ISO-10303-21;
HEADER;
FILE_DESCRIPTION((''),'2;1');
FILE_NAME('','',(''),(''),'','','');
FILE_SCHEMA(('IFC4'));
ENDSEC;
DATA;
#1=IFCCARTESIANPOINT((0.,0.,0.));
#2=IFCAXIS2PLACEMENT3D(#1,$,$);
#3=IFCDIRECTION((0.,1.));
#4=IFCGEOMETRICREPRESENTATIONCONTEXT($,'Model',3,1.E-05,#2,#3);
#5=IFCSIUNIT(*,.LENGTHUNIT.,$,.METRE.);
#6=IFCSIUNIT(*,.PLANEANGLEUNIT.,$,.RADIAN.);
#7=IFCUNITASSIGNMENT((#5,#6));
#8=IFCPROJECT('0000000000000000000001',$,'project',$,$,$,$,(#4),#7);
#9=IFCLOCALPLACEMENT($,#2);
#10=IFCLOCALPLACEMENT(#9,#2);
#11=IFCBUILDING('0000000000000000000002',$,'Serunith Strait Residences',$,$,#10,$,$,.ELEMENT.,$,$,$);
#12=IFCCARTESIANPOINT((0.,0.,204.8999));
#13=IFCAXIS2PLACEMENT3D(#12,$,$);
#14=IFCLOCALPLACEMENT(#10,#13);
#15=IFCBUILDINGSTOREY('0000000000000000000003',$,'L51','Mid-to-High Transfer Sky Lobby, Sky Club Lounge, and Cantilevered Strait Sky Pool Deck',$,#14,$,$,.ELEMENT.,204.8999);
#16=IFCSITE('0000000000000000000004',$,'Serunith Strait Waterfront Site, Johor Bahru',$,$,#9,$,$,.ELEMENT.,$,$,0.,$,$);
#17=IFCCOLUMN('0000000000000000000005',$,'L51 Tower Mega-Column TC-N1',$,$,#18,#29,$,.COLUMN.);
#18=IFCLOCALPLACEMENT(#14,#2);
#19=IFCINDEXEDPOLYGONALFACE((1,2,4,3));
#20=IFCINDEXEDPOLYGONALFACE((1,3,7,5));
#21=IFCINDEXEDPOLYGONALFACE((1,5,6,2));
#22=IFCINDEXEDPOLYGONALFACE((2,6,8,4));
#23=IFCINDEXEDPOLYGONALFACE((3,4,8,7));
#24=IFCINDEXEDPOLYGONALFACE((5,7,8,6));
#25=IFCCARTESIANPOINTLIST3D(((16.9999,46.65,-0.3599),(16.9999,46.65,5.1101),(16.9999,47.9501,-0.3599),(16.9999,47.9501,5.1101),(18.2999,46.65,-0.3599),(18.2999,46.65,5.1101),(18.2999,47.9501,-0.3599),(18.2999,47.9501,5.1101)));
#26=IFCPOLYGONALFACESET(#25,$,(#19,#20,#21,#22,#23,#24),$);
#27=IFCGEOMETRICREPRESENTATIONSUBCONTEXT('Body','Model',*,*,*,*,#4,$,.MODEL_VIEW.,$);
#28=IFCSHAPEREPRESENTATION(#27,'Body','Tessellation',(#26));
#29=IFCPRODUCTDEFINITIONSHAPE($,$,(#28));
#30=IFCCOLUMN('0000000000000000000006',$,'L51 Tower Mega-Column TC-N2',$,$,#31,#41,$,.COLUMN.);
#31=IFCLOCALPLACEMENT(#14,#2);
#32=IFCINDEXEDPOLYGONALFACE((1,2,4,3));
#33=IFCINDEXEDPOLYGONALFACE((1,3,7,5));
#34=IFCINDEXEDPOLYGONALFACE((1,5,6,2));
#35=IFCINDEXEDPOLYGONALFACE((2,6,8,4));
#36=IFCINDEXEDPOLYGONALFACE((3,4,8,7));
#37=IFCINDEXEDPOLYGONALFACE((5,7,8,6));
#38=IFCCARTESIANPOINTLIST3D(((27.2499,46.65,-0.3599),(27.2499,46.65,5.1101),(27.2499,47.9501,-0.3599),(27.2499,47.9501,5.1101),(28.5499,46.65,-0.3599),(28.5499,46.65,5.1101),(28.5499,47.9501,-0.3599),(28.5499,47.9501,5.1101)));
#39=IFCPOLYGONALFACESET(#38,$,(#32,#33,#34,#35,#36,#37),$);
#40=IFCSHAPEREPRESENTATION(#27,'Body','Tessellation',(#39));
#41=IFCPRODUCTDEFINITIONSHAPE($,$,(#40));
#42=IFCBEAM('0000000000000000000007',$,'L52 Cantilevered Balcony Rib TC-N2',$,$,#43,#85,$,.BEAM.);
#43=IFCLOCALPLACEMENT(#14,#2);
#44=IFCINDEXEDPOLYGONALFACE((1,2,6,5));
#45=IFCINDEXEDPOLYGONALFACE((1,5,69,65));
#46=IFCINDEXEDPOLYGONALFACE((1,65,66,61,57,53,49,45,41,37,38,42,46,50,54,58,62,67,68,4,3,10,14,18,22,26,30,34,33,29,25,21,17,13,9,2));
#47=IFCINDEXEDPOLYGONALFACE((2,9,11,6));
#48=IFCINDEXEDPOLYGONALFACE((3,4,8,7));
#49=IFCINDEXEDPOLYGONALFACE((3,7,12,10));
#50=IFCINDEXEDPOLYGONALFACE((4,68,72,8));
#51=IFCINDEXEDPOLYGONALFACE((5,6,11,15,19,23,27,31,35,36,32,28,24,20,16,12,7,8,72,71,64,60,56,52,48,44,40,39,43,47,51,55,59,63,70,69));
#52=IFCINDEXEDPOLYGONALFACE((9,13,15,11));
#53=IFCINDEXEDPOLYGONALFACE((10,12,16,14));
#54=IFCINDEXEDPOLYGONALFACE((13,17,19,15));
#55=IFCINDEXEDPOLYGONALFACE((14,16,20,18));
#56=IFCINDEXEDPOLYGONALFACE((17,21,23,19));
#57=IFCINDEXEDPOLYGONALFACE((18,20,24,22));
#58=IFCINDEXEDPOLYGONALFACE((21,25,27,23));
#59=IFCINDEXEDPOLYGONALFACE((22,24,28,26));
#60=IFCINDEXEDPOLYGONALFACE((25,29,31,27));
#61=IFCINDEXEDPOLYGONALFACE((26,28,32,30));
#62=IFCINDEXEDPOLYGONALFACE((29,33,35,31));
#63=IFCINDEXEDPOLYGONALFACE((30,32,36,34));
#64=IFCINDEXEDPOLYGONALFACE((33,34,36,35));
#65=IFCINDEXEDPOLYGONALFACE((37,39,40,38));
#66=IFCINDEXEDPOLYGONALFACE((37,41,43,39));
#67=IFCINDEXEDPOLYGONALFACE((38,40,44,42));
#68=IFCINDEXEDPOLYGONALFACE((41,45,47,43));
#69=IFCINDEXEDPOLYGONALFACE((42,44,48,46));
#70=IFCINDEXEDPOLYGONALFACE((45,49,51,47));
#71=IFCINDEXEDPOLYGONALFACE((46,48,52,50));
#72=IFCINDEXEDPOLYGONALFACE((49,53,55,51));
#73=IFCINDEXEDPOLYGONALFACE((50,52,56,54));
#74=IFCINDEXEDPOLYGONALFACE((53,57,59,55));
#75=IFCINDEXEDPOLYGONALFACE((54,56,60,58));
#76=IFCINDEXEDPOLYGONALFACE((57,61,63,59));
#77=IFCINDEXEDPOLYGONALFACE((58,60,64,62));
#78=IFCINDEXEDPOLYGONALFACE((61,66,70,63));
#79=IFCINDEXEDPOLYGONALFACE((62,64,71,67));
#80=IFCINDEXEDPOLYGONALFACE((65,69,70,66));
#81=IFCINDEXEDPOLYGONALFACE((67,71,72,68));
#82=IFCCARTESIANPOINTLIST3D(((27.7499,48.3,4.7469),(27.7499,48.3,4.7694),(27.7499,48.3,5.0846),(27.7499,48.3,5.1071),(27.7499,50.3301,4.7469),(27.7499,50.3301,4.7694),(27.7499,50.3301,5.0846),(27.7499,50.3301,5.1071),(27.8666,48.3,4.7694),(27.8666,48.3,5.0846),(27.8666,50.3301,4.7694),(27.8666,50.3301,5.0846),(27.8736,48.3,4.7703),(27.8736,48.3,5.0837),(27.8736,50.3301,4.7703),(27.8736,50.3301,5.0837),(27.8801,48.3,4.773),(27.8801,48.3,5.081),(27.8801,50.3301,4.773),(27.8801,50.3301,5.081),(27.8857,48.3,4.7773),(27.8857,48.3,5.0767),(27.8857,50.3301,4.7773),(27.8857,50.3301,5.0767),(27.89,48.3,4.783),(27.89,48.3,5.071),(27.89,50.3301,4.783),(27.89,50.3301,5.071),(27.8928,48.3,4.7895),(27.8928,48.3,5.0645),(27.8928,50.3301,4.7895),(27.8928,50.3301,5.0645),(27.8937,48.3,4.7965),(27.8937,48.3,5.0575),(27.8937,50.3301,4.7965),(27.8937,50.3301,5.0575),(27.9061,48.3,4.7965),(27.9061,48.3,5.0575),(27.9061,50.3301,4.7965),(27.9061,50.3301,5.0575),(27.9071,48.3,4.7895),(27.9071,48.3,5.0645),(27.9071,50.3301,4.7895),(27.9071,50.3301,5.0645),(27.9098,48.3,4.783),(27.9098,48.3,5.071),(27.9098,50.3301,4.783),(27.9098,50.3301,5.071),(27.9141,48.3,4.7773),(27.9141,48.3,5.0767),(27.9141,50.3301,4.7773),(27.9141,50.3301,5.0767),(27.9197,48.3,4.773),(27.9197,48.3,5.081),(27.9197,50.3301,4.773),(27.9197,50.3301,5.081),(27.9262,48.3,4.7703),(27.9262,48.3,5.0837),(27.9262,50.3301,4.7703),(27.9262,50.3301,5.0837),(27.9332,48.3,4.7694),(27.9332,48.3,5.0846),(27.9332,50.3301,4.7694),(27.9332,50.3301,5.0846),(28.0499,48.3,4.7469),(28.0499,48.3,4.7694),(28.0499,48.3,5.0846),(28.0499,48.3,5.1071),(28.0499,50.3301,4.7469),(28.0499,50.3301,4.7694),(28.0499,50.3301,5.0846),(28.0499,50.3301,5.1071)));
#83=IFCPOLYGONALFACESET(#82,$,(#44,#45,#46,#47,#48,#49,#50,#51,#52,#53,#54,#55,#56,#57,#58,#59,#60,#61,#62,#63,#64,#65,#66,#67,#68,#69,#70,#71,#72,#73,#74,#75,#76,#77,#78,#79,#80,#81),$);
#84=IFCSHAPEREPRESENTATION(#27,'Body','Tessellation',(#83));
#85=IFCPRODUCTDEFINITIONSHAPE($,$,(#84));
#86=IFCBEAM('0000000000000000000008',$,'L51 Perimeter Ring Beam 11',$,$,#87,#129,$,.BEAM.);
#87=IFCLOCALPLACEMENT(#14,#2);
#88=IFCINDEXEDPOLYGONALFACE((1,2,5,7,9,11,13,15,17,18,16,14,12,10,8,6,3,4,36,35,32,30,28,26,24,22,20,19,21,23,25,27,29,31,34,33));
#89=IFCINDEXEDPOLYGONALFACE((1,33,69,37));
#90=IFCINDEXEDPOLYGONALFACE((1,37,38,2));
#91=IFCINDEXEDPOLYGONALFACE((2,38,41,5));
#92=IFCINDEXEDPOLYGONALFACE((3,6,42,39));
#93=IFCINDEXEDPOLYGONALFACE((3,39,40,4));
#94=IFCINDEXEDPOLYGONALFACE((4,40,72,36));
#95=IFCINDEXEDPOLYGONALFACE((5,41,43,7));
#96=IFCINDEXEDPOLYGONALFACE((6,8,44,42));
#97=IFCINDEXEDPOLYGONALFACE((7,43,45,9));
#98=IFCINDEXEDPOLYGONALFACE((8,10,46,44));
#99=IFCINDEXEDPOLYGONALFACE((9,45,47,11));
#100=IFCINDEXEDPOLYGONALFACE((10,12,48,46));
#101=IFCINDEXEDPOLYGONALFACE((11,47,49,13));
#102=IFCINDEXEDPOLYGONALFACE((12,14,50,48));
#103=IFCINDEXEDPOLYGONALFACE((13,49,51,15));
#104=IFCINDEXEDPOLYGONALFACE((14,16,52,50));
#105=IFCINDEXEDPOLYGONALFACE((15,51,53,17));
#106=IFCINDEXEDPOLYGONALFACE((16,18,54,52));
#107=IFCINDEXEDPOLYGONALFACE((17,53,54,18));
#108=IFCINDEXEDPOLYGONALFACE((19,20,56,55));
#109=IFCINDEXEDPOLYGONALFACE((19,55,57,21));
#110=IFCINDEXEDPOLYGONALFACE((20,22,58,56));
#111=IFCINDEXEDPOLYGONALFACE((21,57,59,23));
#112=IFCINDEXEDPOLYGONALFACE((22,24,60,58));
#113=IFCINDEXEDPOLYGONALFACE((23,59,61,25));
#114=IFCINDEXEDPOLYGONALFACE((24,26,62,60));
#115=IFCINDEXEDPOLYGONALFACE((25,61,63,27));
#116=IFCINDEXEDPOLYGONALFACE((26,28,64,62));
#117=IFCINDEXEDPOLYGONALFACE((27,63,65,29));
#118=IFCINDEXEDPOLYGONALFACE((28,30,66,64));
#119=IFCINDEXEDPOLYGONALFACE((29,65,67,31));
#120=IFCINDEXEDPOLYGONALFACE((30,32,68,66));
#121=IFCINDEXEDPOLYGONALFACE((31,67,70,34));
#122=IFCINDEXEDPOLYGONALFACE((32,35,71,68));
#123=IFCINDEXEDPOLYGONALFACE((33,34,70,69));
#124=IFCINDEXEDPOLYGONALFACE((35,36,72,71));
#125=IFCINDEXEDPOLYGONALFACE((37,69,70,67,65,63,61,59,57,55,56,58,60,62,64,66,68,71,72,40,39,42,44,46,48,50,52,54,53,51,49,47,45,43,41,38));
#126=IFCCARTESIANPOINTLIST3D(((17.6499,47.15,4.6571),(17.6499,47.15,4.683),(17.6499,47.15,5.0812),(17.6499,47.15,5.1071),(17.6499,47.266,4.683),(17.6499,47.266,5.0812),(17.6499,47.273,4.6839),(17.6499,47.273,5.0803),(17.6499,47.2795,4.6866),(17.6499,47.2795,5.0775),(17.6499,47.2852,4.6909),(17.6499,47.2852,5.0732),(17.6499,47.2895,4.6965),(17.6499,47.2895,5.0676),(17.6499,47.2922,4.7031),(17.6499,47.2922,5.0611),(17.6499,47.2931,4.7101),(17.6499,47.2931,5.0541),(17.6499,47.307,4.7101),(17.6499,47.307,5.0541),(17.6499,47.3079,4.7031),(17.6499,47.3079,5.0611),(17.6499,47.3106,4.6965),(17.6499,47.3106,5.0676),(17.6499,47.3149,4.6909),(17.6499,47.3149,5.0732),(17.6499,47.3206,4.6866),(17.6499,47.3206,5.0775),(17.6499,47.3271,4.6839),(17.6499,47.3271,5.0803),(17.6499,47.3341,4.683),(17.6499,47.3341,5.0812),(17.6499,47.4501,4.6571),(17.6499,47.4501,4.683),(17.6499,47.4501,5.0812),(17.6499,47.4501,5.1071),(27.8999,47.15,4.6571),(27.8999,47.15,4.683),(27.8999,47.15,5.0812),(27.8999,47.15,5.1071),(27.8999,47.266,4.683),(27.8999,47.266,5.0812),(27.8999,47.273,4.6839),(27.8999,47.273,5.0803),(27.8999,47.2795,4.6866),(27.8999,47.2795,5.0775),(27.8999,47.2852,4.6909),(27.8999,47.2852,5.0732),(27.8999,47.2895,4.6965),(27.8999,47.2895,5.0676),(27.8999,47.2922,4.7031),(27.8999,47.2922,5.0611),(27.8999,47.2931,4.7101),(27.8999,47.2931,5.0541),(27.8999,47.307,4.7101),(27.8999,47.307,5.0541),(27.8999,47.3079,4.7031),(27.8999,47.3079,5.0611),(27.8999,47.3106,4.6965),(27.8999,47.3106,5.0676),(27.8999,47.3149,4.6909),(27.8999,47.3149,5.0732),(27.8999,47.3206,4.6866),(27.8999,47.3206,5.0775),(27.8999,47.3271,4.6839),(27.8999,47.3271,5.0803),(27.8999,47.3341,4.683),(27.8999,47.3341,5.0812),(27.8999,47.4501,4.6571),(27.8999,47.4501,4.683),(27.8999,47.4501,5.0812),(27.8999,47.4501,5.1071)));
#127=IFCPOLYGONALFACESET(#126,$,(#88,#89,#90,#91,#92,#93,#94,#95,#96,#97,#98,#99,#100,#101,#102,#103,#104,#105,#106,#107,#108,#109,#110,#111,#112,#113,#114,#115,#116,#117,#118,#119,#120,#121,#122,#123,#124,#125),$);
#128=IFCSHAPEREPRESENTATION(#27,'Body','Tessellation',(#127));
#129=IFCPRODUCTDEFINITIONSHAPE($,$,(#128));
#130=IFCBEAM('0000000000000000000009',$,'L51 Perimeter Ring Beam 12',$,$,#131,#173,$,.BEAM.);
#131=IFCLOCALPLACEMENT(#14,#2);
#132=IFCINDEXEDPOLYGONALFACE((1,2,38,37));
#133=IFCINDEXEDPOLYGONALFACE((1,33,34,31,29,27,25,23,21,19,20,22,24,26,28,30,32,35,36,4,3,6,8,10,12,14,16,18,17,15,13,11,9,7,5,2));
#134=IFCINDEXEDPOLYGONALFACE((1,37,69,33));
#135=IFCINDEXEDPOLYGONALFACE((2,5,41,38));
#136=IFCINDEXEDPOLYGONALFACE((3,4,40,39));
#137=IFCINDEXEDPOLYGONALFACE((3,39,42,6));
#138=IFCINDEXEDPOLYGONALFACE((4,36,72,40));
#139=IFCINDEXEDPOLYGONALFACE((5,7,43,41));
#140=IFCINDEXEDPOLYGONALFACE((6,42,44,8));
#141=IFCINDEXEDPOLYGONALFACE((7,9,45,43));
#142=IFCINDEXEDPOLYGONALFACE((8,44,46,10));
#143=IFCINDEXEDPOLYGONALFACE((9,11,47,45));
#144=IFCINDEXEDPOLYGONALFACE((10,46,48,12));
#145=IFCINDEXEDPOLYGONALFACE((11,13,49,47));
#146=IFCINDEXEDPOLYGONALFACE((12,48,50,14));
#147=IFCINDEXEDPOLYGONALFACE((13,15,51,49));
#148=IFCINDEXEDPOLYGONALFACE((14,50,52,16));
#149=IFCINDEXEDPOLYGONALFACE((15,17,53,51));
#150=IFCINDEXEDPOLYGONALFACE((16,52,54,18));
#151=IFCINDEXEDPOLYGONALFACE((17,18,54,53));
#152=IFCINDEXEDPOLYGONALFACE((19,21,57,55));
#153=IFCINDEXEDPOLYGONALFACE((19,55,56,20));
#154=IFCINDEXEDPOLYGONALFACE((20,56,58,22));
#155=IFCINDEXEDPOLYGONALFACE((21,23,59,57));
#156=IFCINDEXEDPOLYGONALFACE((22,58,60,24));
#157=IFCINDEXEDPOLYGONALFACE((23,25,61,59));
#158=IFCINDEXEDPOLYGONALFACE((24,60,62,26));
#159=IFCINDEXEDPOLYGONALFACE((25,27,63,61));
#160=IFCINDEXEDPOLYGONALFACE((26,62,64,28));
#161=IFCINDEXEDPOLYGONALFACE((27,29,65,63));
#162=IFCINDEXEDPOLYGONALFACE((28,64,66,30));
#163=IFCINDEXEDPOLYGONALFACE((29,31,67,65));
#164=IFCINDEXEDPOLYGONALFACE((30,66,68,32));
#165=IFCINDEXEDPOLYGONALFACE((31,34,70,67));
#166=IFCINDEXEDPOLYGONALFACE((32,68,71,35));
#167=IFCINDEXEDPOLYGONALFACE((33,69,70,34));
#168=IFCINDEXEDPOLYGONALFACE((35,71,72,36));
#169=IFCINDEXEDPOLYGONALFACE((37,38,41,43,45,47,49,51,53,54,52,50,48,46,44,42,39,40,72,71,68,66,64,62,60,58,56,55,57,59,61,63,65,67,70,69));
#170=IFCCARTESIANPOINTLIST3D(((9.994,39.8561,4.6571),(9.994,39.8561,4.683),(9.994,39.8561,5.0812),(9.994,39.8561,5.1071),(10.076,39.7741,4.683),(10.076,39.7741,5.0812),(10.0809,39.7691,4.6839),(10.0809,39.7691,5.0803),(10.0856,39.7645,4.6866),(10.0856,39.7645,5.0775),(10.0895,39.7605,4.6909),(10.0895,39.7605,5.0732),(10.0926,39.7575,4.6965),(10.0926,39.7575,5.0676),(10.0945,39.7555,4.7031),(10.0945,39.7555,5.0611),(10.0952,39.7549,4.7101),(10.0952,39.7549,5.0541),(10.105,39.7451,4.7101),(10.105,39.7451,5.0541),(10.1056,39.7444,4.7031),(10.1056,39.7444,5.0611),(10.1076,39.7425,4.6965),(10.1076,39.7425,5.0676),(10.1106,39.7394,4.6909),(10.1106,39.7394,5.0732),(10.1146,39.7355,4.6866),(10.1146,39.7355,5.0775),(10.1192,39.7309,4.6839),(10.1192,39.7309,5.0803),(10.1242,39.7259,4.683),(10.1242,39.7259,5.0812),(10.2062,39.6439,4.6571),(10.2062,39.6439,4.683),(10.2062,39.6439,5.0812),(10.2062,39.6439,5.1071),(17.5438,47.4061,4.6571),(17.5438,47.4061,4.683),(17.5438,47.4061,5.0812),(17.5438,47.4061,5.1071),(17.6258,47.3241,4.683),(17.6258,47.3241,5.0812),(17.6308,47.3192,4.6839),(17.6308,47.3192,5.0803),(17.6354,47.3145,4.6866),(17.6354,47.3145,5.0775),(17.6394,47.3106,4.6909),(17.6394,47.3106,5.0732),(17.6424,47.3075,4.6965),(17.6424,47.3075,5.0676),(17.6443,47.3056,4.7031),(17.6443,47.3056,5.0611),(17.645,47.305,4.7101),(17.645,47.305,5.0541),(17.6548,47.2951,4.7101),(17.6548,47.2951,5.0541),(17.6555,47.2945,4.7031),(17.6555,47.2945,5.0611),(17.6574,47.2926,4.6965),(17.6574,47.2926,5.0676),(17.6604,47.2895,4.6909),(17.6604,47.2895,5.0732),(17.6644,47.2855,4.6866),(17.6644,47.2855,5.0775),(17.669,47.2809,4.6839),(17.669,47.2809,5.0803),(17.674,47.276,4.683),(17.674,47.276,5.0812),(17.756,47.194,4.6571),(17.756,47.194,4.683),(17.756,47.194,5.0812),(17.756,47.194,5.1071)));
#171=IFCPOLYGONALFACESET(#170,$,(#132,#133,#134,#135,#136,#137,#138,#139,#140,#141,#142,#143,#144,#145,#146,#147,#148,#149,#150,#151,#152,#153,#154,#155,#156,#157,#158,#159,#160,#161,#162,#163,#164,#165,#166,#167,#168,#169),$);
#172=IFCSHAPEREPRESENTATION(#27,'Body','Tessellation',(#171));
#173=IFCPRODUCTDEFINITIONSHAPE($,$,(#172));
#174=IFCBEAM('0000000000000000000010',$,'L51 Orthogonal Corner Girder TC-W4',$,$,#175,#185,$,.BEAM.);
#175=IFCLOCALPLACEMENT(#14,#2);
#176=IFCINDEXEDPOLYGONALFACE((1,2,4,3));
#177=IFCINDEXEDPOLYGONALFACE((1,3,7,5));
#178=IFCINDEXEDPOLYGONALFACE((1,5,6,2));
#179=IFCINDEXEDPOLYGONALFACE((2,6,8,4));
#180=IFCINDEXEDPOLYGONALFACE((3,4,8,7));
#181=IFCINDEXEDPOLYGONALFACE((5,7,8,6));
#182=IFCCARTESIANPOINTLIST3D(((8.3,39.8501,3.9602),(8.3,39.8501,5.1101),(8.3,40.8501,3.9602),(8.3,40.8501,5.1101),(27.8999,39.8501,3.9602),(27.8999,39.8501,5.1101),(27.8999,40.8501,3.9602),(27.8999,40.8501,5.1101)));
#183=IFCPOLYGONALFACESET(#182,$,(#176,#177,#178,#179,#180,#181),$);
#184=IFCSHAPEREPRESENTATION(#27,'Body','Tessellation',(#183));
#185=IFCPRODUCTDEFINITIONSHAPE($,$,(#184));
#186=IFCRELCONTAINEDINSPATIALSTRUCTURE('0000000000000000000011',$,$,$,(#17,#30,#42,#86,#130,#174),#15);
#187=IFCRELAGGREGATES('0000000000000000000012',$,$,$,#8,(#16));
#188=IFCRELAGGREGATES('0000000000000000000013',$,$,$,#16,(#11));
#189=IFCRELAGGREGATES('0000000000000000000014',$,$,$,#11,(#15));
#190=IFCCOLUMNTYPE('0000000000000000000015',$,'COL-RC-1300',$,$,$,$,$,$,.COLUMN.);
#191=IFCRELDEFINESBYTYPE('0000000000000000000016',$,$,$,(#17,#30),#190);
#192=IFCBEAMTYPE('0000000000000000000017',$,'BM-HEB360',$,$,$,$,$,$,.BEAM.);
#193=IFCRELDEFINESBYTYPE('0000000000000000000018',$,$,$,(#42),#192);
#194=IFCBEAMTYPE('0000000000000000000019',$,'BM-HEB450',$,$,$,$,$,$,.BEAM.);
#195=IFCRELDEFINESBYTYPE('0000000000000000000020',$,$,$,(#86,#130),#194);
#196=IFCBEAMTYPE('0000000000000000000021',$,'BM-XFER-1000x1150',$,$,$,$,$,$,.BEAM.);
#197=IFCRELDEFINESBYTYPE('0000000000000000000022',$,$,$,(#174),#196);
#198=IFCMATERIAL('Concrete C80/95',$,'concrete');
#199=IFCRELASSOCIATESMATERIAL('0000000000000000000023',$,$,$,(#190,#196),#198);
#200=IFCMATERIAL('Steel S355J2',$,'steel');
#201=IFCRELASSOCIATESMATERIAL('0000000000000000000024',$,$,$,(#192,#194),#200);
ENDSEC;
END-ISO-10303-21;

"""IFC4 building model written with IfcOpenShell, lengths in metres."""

from ifc_helpers import new_model, si_unit, direction, frame, origin, origin_2d, place, context, subcontext, project, spatial, rectangle, i_section, extrude, source, transform, mapped, material, material_profile, profile_set, type_object, element, save


model = new_model("IFC4")

# Units and contexts
model_context = context("Model", 3, precision=1e-05, world=origin(), true_north=direction((0.0, 1.0)))
body_context = subcontext(model_context, "Body", "Model", "MODEL_VIEW")
ifc_project = project(units=[si_unit("LENGTHUNIT", "METRE"), si_unit("PLANEANGLEUNIT", "RADIAN")], contexts=[model_context])

# Site, building, storey
site_placement = place(None, origin())
site = spatial("IfcSite", under=ifc_project, at=site_placement, Name="Serunith Strait Waterfront Site, Johor Bahru", CompositionType="ELEMENT", RefElevation=0.0)
building_placement = place(site_placement, origin())
building = spatial("IfcBuilding", under=site, at=building_placement, Name="Serunith Strait Residences", CompositionType="ELEMENT")
storey_placement = place(building_placement, frame((0.0, 0.0, 204.8999)))
storey = spatial("IfcBuildingStorey", under=building, at=storey_placement, Name="L51", Description="Mid-to-High Transfer Sky Lobby, Sky Club Lounge, and Cantilevered Strait Sky Pool Deck", CompositionType="ELEMENT", Elevation=204.8999)

# Columns
ifc_material_1 = material(Name="Concrete C80/95", Category="concrete")
ifc_material_profile_1 = material_profile(ifc_material_1, rectangle(XDim=1.3, YDim=1.3, at=origin_2d()), Name="RC 1300x1300")
ifc_profile_set_1 = profile_set([ifc_material_profile_1], Name="Concrete C80/95")
column_type = type_object("IfcColumnType", Name="COL-RC-1300", PredefinedType="COLUMN", material=ifc_profile_set_1)
shared_shape_1 = source(origin(), body_context, "Body", "SweptSolid", [
    extrude(rectangle(XDim=1.3, YDim=1.3, at=origin_2d()), origin(), (0.0, 0.0, 1.0), 5.47),
])
for number, where, z_axis, x_axis, name in (
    (1, (17.6499, 47.3, -0.3599), (0.0, 0.0, 1.0), (1.0, 0.0, 0.0), "L51 Tower Mega-Column TC-N1"),
    (2, (27.8999, 47.3, -0.3599), (0.0, 0.0, 1.0), (1.0, 0.0, 0.0), "L51 Tower Mega-Column TC-N2"),
):
    element("IfcColumn", number, at=place(storey_placement, frame(where, z_axis=z_axis, x_axis=x_axis)), inside=storey, type_object=column_type, Name=name, PredefinedType="COLUMN", context=body_context, shape_type="MappedRepresentation", body=[
        mapped(shared_shape_1, transform((0.0, 0.0, 0.0), scale=1.0)),
    ])

# Beams
ifc_material_2 = material(Name="Steel S355J2", Category="steel")
ifc_material_profile_2 = material_profile(ifc_material_2, i_section(OverallWidth=0.3, OverallDepth=0.3601, WebThickness=0.0125, FlangeThickness=0.0225, FilletRadius=0.0271, at=origin_2d()), Name="HEB 360")
ifc_profile_set_2 = profile_set([ifc_material_profile_2], Name="Steel S355J2")
beam_type_1 = type_object("IfcBeamType", Name="BM-HEB360", PredefinedType="BEAM", material=ifc_profile_set_2)
shared_shape_2 = source(origin(), body_context, "Body", "SweptSolid", [
    extrude(i_section(OverallWidth=0.3, OverallDepth=0.3601, WebThickness=0.0125, FlangeThickness=0.0225, FilletRadius=0.0271, at=origin_2d()), origin(), (0.0, 0.0, 1.0), 2.03),
])
beam_1_placement = place(storey_placement, frame((27.8999, 48.3, 4.927), z_axis=(0.0, 1.0, 0.0), x_axis=(-1.0, 0.0, 0.0)))
element("IfcBeam", 3, at=beam_1_placement, inside=storey, type_object=beam_type_1, Name="L52 Cantilevered Balcony Rib TC-N2", PredefinedType="BEAM", context=body_context, shape_type="MappedRepresentation", body=[
    mapped(shared_shape_2, transform((0.0, 0.0, 0.0), scale=1.0)),
])
ifc_material_profile_3 = material_profile(ifc_material_2, i_section(OverallWidth=0.3, OverallDepth=0.45, WebThickness=0.0139, FlangeThickness=0.0259, FilletRadius=0.0271, at=origin_2d()), Name="HEB 450")
ifc_profile_set_3 = profile_set([ifc_material_profile_3], Name="Steel S355J2")
beam_type_2 = type_object("IfcBeamType", Name="BM-HEB450", PredefinedType="BEAM", material=ifc_profile_set_3)
shared_shape_3 = source(origin(), body_context, "Body", "SweptSolid", [
    extrude(i_section(OverallWidth=0.3, OverallDepth=0.45, WebThickness=0.0139, FlangeThickness=0.0259, FilletRadius=0.0271, at=origin_2d()), origin(), (0.0, 0.0, 1.0), 10.25),
])
beam_2_placement = place(storey_placement, frame((27.8999, 47.3, 4.8821), z_axis=(-1.0, 0.0, 0.0), x_axis=(0.0, -1.0, 0.0)))
element("IfcBeam", 4, at=beam_2_placement, inside=storey, type_object=beam_type_2, Name="L51 Perimeter Ring Beam 11", PredefinedType="BEAM", context=body_context, shape_type="MappedRepresentation", body=[
    mapped(shared_shape_3, transform((0.0, 0.0, 0.0), scale=1.0)),
])
shared_shape_4 = source(origin(), body_context, "Body", "SweptSolid", [
    extrude(i_section(OverallWidth=0.3, OverallDepth=0.45, WebThickness=0.0139, FlangeThickness=0.0259, FilletRadius=0.0271, at=origin_2d()), origin(), (0.0, 0.0, 1.0), 10.6772),
])
beam_3_placement = place(storey_placement, frame((17.6499, 47.3, 4.8821), z_axis=(-0.707095, -0.707118, 0.0), x_axis=(0.707118, -0.707095, 0.0)))
element("IfcBeam", 5, at=beam_3_placement, inside=storey, type_object=beam_type_2, Name="L51 Perimeter Ring Beam 12", PredefinedType="BEAM", context=body_context, shape_type="MappedRepresentation", body=[
    mapped(shared_shape_4, transform((0.0, 0.0, 0.0), scale=1.0)),
])
ifc_material_profile_4 = material_profile(ifc_material_1, rectangle(XDim=1.0, YDim=1.1499, at=origin_2d()), Name="RC 1000x1150")
ifc_profile_set_4 = profile_set([ifc_material_profile_4], Name="Concrete C80/95")
beam_type_3 = type_object("IfcBeamType", Name="BM-XFER-1000x1150", PredefinedType="BEAM", material=ifc_profile_set_4)
shared_shape_5 = source(origin(), body_context, "Body", "SweptSolid", [
    extrude(rectangle(XDim=1.0, YDim=1.1499, at=origin_2d()), origin(), (0.0, 0.0, 1.0), 19.5999),
])
beam_4_placement = place(storey_placement, frame((27.8999, 40.3501, 4.5352), z_axis=(-1.0, 0.0, 0.0), x_axis=(0.0, -1.0, 0.0)))
element("IfcBeam", 6, at=beam_4_placement, inside=storey, type_object=beam_type_3, Name="L51 Orthogonal Corner Girder TC-W4", PredefinedType="BEAM", context=body_context, shape_type="MappedRepresentation", body=[
    mapped(shared_shape_5, transform((0.0, 0.0, 0.0), scale=1.0)),
])

save(model, "model.ifc")
